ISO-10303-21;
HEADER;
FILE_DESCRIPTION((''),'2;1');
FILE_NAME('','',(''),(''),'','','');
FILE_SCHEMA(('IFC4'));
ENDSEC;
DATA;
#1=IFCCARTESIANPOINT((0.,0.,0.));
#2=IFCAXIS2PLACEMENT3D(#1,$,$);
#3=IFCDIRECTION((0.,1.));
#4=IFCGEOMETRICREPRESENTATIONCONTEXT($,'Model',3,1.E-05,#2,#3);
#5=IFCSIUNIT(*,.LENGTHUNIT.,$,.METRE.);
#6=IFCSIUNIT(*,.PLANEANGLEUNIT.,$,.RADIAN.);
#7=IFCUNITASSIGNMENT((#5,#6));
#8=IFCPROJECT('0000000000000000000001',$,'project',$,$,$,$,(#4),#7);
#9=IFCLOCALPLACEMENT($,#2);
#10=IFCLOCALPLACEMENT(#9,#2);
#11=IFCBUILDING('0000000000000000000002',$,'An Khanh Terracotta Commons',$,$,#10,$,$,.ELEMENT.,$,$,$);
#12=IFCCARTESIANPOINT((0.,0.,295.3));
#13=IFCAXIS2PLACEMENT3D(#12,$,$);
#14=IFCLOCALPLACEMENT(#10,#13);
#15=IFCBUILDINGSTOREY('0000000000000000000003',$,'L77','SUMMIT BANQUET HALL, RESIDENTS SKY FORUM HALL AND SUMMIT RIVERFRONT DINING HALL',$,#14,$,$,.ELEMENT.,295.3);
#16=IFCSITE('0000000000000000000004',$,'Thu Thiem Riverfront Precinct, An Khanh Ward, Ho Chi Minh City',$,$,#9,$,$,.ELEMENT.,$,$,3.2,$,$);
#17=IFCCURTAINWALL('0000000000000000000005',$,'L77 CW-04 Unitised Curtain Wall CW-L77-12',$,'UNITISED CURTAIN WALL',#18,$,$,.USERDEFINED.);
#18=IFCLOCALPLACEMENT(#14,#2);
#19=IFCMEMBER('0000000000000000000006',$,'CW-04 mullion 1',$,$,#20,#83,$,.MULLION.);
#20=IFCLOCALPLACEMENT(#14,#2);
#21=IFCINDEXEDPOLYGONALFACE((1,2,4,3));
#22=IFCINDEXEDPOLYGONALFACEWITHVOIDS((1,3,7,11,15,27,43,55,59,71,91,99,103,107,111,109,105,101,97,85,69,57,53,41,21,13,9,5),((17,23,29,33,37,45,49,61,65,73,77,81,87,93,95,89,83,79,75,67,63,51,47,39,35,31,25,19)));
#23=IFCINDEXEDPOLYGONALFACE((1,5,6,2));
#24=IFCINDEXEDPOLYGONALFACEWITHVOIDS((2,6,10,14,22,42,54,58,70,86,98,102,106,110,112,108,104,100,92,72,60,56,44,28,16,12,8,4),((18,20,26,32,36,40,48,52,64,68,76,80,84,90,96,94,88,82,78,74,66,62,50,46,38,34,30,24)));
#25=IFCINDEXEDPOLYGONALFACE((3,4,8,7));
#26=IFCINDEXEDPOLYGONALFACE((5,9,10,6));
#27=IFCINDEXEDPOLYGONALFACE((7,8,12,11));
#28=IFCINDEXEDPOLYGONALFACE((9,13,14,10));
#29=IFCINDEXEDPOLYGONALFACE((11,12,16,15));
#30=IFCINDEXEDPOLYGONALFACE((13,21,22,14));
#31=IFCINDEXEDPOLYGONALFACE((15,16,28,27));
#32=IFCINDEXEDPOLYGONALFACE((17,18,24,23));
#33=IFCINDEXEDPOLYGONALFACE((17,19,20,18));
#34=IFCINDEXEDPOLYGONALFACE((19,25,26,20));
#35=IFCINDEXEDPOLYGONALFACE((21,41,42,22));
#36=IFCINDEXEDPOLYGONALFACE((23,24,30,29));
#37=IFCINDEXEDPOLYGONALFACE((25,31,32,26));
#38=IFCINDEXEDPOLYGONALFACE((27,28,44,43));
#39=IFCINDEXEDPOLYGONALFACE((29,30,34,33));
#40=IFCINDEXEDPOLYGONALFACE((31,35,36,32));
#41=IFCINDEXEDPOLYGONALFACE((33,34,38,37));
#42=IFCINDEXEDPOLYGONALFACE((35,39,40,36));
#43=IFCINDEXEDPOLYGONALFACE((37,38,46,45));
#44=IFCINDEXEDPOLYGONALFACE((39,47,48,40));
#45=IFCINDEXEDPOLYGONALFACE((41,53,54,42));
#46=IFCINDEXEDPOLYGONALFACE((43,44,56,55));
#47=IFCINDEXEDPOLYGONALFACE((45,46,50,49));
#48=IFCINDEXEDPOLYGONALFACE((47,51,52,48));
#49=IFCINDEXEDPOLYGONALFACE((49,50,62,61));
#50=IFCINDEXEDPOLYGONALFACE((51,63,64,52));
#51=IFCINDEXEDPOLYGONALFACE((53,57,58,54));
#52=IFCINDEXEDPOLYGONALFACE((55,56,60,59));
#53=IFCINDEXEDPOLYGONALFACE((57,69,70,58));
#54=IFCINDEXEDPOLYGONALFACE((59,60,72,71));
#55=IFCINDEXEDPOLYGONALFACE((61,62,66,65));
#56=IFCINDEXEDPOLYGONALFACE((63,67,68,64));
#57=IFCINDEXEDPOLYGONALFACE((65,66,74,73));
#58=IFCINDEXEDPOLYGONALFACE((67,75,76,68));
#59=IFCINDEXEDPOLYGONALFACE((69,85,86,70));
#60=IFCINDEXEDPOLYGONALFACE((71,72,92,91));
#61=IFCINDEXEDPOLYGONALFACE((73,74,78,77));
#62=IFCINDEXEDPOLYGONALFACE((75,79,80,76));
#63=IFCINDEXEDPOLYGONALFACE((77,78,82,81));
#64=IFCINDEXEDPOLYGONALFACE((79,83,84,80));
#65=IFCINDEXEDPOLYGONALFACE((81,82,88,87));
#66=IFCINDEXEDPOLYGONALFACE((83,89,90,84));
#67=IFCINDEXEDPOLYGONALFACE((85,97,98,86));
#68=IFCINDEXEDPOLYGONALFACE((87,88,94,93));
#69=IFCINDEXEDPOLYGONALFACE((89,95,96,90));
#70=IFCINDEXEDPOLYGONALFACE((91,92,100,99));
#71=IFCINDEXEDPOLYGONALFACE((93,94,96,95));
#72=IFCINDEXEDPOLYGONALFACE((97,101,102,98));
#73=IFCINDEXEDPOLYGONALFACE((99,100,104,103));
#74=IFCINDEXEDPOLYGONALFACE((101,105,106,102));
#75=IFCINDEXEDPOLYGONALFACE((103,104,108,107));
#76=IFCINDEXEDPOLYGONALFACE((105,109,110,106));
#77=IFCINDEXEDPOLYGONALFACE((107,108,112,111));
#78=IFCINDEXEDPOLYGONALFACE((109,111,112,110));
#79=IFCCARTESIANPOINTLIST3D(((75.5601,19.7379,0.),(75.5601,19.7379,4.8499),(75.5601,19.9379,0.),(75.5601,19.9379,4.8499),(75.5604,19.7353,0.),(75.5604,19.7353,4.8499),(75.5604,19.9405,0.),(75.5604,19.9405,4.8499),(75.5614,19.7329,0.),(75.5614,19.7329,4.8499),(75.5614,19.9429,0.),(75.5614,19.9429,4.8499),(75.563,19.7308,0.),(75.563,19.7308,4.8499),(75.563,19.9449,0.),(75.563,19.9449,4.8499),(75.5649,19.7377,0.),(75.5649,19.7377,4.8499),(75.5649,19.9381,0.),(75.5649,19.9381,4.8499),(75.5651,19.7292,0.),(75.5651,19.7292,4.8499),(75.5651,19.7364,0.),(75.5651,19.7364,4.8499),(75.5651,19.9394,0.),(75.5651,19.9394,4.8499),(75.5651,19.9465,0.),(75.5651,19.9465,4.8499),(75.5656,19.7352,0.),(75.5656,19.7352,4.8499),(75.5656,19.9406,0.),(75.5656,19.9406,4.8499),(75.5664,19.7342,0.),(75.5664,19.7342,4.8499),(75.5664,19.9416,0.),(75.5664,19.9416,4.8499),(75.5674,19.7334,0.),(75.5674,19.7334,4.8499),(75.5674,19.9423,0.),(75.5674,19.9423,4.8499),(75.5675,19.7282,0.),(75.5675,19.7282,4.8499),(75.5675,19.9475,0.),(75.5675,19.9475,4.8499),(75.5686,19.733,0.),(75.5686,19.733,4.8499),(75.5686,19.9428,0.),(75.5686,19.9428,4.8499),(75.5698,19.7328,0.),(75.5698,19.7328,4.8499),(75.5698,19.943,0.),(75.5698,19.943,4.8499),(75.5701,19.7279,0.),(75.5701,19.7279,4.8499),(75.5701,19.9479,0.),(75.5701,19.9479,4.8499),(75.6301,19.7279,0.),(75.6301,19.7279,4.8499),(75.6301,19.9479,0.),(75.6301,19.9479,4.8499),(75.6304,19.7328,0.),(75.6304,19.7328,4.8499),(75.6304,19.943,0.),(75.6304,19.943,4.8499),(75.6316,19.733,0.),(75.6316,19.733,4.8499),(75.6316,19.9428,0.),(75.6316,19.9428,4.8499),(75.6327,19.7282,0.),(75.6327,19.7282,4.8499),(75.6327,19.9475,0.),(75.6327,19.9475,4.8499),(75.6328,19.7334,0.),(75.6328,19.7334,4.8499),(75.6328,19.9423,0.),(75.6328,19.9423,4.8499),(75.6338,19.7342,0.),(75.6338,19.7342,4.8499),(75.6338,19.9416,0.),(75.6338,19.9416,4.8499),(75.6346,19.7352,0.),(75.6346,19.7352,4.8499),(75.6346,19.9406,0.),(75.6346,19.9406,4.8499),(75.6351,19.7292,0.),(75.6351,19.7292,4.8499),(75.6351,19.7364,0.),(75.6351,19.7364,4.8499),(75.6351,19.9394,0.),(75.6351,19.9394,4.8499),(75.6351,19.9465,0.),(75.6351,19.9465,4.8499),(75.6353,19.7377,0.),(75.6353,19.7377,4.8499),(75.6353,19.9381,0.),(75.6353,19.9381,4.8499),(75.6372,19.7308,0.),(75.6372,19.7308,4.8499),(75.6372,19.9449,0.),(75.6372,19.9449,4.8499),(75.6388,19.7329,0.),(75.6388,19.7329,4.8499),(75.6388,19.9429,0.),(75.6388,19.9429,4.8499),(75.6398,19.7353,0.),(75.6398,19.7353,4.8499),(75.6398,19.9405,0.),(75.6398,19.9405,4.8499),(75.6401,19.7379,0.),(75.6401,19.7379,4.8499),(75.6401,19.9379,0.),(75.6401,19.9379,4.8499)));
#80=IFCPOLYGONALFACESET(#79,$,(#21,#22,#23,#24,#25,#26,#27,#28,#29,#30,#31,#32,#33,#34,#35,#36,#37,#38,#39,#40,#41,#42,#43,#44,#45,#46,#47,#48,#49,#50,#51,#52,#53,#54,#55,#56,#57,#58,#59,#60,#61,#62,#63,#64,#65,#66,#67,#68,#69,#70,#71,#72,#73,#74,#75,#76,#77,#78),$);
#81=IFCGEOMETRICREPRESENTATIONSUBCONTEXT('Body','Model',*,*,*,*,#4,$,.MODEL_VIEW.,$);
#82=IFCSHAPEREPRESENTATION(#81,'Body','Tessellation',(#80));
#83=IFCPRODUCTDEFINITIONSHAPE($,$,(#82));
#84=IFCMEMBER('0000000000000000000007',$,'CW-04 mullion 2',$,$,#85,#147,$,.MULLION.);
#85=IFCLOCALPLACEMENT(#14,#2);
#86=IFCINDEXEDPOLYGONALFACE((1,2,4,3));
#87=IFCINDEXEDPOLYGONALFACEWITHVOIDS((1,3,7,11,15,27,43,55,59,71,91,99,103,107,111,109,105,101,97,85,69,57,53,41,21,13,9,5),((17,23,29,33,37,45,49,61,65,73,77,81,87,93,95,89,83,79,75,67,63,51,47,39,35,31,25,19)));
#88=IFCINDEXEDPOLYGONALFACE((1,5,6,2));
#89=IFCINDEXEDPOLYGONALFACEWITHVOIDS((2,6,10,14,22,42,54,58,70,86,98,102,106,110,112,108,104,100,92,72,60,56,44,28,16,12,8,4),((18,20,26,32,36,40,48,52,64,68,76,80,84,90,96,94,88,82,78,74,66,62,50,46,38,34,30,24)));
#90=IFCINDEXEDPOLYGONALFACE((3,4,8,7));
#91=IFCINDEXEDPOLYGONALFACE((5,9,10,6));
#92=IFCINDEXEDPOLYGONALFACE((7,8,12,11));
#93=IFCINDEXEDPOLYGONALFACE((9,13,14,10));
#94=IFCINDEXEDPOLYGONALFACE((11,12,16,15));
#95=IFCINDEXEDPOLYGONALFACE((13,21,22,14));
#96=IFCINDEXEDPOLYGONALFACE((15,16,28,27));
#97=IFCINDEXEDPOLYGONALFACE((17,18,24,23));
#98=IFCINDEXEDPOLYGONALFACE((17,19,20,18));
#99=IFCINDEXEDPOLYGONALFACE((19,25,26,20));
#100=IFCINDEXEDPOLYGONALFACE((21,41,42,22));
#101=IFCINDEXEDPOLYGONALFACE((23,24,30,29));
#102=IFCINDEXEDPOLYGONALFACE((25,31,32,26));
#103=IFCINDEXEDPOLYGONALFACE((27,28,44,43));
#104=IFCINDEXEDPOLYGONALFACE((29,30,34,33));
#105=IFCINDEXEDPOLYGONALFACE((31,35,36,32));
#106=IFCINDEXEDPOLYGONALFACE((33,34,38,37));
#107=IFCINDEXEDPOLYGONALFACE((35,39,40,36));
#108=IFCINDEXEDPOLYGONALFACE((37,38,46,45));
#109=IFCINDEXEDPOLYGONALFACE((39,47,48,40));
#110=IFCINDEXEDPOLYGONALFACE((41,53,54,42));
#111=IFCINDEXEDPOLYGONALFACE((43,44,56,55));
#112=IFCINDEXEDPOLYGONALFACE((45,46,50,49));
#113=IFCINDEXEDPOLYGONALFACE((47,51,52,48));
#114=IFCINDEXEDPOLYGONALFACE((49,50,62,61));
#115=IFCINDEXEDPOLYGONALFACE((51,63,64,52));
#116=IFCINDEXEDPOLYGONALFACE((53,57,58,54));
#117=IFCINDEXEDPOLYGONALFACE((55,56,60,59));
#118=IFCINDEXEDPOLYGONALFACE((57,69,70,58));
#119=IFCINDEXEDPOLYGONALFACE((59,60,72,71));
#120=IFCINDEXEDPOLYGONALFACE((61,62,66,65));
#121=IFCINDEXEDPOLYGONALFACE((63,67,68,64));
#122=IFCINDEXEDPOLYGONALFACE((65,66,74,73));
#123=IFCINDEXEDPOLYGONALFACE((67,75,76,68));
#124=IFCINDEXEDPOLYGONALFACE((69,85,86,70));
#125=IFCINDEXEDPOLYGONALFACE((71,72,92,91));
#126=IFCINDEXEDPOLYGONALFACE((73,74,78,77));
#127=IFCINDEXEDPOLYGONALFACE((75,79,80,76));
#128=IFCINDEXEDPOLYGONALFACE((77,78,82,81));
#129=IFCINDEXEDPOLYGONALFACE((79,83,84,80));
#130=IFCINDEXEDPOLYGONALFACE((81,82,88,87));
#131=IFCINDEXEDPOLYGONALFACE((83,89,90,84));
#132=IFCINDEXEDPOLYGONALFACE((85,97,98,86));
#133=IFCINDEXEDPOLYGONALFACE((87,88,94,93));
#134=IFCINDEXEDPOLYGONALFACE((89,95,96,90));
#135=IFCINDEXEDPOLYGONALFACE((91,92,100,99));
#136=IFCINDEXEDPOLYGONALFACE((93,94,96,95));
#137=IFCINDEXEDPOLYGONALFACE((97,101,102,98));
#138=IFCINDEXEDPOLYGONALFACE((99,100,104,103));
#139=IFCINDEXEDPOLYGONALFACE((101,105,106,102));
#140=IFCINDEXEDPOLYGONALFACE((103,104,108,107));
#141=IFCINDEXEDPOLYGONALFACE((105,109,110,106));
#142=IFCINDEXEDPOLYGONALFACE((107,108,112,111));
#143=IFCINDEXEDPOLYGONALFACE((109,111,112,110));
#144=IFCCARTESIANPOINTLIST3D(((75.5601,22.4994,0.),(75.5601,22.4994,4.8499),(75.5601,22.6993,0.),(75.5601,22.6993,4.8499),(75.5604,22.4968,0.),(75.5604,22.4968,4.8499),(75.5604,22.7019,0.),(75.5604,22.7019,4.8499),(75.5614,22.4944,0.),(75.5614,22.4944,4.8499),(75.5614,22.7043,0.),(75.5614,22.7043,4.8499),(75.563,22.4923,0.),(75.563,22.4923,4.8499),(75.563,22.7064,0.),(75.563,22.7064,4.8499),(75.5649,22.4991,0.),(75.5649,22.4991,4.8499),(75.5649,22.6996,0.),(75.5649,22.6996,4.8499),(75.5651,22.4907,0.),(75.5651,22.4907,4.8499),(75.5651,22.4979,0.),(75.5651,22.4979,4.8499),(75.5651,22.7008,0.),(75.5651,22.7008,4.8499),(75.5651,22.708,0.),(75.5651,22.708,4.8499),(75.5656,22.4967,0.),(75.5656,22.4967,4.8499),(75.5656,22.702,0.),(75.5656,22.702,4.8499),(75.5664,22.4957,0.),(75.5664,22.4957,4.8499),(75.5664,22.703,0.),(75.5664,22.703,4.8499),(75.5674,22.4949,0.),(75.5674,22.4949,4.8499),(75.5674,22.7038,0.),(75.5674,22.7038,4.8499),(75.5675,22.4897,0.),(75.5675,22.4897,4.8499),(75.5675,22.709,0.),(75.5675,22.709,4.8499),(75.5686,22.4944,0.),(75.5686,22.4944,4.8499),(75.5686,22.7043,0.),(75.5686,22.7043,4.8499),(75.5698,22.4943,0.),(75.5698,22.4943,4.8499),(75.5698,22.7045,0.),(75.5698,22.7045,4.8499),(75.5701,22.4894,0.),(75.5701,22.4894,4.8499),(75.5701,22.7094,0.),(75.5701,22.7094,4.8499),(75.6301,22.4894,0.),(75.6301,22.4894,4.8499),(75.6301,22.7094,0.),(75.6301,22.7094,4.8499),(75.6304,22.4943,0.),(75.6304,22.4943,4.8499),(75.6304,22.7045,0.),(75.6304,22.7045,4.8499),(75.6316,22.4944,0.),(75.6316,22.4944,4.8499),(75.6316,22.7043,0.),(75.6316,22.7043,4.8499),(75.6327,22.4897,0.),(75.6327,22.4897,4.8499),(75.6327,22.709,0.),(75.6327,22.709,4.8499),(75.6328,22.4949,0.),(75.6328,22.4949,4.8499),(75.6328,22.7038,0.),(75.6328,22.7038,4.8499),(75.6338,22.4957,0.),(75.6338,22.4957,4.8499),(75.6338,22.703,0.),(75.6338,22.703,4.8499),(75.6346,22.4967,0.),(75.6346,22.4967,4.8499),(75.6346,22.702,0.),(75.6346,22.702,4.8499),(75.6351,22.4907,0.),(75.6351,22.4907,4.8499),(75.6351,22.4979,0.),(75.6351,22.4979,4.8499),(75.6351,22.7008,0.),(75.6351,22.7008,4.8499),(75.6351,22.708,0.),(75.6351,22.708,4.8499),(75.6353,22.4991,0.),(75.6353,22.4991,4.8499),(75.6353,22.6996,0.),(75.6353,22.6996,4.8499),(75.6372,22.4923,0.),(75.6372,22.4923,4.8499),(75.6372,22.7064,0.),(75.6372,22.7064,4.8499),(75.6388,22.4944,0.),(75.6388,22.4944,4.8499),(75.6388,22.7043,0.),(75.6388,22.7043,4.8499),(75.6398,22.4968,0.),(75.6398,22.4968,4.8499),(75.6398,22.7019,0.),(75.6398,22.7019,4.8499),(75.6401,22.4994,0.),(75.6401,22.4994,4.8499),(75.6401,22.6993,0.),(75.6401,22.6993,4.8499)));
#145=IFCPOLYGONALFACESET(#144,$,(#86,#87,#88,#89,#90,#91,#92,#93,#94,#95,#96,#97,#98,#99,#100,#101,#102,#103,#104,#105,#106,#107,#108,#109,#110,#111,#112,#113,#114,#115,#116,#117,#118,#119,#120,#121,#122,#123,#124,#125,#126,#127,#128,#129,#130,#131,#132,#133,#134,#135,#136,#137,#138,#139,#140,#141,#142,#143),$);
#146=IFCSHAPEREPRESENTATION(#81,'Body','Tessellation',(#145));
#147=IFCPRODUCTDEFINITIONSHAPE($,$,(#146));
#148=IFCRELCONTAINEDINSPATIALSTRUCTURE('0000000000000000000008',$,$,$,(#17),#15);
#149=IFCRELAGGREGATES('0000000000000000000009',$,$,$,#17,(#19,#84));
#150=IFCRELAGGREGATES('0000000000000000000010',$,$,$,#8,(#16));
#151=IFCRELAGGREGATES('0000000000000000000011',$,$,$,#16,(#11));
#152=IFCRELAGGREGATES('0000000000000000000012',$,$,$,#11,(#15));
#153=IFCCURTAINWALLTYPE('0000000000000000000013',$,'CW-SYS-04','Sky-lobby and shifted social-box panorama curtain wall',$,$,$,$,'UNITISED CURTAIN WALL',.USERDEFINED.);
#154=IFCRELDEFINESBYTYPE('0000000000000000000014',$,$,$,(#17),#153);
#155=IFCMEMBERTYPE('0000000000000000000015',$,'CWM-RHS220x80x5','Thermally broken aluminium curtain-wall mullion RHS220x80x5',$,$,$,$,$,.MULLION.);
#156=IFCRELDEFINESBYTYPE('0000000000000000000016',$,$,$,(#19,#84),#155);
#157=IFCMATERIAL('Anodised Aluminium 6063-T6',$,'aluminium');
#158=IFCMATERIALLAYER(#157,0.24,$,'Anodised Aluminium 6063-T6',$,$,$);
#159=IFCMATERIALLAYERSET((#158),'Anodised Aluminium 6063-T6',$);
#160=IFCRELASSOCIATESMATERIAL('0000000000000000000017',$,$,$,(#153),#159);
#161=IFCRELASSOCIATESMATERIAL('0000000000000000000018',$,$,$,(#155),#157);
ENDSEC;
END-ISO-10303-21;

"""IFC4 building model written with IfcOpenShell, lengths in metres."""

from ifc_helpers import new_model, si_unit, direction, frame, origin, origin_2d, place, context, subcontext, project, spatial, hollow_rectangle, extrude, material, layer, layer_set, material_profile, profile_set, type_object, element, aggregate, save


model = new_model("IFC4")

# Units and contexts
model_context = context("Model", 3, precision=1e-05, world=origin(), true_north=direction((0.0, 1.0)))
body_context = subcontext(model_context, "Body", "Model", "MODEL_VIEW")
ifc_project = project(units=[si_unit("LENGTHUNIT", "METRE"), si_unit("PLANEANGLEUNIT", "RADIAN")], contexts=[model_context])

# Site, building, storey
site_placement = place(None, origin())
site = spatial("IfcSite", under=ifc_project, at=site_placement, Name="Thu Thiem Riverfront Precinct, An Khanh Ward, Ho Chi Minh City", CompositionType="ELEMENT", RefElevation=3.2)
building_placement = place(site_placement, origin())
building = spatial("IfcBuilding", under=site, at=building_placement, Name="An Khanh Terracotta Commons", CompositionType="ELEMENT")
storey_placement = place(building_placement, frame((0.0, 0.0, 295.3)))
storey = spatial("IfcBuildingStorey", under=building, at=storey_placement, Name="L77", Description="SUMMIT BANQUET HALL, RESIDENTS SKY FORUM HALL AND SUMMIT RIVERFRONT DINING HALL", CompositionType="ELEMENT", Elevation=295.3)

# Curtain wall, members
ifc_material_1 = material(Name="Anodised Aluminium 6063-T6", Category="aluminium")
ifc_layer_1 = layer(ifc_material_1, 0.24, Name="Anodised Aluminium 6063-T6")
ifc_layer_set_1 = layer_set([ifc_layer_1], Name="Anodised Aluminium 6063-T6")
curtain_wall_type = type_object("IfcCurtainWallType", Name="CW-SYS-04", Description="Sky-lobby and shifted social-box panorama curtain wall", ElementType="UNITISED CURTAIN WALL", PredefinedType="USERDEFINED", material=ifc_layer_set_1)
ifc_material_profile_1 = material_profile(ifc_material_1, hollow_rectangle(XDim=0.0801, YDim=0.22, WallThickness=0.0049, InnerFilletRadius=0.0049, OuterFilletRadius=0.01, at=origin_2d()), Name="RHS220x80x5")
ifc_profile_set_1 = profile_set([ifc_material_profile_1], Name="Anodised Aluminium 6063-T6")
member_type_1 = type_object("IfcMemberType", Name="CWM-RHS220x80x5", Description="Thermally broken aluminium curtain-wall mullion RHS220x80x5", PredefinedType="MULLION", material=ifc_profile_set_1)
curtain_wall_1_placement = place(storey_placement, origin())
curtain_wall_1 = element("IfcCurtainWall", 1, at=curtain_wall_1_placement, inside=storey, type_object=curtain_wall_type, Name="L77 CW-04 Unitised Curtain Wall CW-L77-12", ObjectType="UNITISED CURTAIN WALL", PredefinedType="USERDEFINED")
member_1_placement = place(storey_placement, frame((75.6001, 19.8379, 0.0), z_axis=(0.0, 0.0, 1.0), x_axis=(-1.0, 0.0, 0.0)))
member_1 = element("IfcMember", 2, at=member_1_placement, type_object=member_type_1, Name="CW-04 mullion 1", PredefinedType="MULLION", context=body_context, shape_type="SweptSolid", body=[
    extrude(hollow_rectangle(XDim=0.0801, YDim=0.22, WallThickness=0.0049, InnerFilletRadius=0.0049, OuterFilletRadius=0.01, at=origin_2d()), origin(), (0.0, 0.0, 1.0), 4.8499),
])
member_2_placement = place(storey_placement, frame((75.6001, 22.5994, 0.0), z_axis=(0.0, 0.0, 1.0), x_axis=(-1.0, 0.0, 0.0)))
member_2 = element("IfcMember", 3, at=member_2_placement, type_object=member_type_1, Name="CW-04 mullion 2", PredefinedType="MULLION", context=body_context, shape_type="SweptSolid", body=[
    extrude(hollow_rectangle(XDim=0.0801, YDim=0.22, WallThickness=0.0049, InnerFilletRadius=0.0049, OuterFilletRadius=0.01, at=origin_2d()), origin(), (0.0, 0.0, 1.0), 4.8499),
])

aggregate(curtain_wall_1, [member_1, member_2])

save(model, "model.ifc")
